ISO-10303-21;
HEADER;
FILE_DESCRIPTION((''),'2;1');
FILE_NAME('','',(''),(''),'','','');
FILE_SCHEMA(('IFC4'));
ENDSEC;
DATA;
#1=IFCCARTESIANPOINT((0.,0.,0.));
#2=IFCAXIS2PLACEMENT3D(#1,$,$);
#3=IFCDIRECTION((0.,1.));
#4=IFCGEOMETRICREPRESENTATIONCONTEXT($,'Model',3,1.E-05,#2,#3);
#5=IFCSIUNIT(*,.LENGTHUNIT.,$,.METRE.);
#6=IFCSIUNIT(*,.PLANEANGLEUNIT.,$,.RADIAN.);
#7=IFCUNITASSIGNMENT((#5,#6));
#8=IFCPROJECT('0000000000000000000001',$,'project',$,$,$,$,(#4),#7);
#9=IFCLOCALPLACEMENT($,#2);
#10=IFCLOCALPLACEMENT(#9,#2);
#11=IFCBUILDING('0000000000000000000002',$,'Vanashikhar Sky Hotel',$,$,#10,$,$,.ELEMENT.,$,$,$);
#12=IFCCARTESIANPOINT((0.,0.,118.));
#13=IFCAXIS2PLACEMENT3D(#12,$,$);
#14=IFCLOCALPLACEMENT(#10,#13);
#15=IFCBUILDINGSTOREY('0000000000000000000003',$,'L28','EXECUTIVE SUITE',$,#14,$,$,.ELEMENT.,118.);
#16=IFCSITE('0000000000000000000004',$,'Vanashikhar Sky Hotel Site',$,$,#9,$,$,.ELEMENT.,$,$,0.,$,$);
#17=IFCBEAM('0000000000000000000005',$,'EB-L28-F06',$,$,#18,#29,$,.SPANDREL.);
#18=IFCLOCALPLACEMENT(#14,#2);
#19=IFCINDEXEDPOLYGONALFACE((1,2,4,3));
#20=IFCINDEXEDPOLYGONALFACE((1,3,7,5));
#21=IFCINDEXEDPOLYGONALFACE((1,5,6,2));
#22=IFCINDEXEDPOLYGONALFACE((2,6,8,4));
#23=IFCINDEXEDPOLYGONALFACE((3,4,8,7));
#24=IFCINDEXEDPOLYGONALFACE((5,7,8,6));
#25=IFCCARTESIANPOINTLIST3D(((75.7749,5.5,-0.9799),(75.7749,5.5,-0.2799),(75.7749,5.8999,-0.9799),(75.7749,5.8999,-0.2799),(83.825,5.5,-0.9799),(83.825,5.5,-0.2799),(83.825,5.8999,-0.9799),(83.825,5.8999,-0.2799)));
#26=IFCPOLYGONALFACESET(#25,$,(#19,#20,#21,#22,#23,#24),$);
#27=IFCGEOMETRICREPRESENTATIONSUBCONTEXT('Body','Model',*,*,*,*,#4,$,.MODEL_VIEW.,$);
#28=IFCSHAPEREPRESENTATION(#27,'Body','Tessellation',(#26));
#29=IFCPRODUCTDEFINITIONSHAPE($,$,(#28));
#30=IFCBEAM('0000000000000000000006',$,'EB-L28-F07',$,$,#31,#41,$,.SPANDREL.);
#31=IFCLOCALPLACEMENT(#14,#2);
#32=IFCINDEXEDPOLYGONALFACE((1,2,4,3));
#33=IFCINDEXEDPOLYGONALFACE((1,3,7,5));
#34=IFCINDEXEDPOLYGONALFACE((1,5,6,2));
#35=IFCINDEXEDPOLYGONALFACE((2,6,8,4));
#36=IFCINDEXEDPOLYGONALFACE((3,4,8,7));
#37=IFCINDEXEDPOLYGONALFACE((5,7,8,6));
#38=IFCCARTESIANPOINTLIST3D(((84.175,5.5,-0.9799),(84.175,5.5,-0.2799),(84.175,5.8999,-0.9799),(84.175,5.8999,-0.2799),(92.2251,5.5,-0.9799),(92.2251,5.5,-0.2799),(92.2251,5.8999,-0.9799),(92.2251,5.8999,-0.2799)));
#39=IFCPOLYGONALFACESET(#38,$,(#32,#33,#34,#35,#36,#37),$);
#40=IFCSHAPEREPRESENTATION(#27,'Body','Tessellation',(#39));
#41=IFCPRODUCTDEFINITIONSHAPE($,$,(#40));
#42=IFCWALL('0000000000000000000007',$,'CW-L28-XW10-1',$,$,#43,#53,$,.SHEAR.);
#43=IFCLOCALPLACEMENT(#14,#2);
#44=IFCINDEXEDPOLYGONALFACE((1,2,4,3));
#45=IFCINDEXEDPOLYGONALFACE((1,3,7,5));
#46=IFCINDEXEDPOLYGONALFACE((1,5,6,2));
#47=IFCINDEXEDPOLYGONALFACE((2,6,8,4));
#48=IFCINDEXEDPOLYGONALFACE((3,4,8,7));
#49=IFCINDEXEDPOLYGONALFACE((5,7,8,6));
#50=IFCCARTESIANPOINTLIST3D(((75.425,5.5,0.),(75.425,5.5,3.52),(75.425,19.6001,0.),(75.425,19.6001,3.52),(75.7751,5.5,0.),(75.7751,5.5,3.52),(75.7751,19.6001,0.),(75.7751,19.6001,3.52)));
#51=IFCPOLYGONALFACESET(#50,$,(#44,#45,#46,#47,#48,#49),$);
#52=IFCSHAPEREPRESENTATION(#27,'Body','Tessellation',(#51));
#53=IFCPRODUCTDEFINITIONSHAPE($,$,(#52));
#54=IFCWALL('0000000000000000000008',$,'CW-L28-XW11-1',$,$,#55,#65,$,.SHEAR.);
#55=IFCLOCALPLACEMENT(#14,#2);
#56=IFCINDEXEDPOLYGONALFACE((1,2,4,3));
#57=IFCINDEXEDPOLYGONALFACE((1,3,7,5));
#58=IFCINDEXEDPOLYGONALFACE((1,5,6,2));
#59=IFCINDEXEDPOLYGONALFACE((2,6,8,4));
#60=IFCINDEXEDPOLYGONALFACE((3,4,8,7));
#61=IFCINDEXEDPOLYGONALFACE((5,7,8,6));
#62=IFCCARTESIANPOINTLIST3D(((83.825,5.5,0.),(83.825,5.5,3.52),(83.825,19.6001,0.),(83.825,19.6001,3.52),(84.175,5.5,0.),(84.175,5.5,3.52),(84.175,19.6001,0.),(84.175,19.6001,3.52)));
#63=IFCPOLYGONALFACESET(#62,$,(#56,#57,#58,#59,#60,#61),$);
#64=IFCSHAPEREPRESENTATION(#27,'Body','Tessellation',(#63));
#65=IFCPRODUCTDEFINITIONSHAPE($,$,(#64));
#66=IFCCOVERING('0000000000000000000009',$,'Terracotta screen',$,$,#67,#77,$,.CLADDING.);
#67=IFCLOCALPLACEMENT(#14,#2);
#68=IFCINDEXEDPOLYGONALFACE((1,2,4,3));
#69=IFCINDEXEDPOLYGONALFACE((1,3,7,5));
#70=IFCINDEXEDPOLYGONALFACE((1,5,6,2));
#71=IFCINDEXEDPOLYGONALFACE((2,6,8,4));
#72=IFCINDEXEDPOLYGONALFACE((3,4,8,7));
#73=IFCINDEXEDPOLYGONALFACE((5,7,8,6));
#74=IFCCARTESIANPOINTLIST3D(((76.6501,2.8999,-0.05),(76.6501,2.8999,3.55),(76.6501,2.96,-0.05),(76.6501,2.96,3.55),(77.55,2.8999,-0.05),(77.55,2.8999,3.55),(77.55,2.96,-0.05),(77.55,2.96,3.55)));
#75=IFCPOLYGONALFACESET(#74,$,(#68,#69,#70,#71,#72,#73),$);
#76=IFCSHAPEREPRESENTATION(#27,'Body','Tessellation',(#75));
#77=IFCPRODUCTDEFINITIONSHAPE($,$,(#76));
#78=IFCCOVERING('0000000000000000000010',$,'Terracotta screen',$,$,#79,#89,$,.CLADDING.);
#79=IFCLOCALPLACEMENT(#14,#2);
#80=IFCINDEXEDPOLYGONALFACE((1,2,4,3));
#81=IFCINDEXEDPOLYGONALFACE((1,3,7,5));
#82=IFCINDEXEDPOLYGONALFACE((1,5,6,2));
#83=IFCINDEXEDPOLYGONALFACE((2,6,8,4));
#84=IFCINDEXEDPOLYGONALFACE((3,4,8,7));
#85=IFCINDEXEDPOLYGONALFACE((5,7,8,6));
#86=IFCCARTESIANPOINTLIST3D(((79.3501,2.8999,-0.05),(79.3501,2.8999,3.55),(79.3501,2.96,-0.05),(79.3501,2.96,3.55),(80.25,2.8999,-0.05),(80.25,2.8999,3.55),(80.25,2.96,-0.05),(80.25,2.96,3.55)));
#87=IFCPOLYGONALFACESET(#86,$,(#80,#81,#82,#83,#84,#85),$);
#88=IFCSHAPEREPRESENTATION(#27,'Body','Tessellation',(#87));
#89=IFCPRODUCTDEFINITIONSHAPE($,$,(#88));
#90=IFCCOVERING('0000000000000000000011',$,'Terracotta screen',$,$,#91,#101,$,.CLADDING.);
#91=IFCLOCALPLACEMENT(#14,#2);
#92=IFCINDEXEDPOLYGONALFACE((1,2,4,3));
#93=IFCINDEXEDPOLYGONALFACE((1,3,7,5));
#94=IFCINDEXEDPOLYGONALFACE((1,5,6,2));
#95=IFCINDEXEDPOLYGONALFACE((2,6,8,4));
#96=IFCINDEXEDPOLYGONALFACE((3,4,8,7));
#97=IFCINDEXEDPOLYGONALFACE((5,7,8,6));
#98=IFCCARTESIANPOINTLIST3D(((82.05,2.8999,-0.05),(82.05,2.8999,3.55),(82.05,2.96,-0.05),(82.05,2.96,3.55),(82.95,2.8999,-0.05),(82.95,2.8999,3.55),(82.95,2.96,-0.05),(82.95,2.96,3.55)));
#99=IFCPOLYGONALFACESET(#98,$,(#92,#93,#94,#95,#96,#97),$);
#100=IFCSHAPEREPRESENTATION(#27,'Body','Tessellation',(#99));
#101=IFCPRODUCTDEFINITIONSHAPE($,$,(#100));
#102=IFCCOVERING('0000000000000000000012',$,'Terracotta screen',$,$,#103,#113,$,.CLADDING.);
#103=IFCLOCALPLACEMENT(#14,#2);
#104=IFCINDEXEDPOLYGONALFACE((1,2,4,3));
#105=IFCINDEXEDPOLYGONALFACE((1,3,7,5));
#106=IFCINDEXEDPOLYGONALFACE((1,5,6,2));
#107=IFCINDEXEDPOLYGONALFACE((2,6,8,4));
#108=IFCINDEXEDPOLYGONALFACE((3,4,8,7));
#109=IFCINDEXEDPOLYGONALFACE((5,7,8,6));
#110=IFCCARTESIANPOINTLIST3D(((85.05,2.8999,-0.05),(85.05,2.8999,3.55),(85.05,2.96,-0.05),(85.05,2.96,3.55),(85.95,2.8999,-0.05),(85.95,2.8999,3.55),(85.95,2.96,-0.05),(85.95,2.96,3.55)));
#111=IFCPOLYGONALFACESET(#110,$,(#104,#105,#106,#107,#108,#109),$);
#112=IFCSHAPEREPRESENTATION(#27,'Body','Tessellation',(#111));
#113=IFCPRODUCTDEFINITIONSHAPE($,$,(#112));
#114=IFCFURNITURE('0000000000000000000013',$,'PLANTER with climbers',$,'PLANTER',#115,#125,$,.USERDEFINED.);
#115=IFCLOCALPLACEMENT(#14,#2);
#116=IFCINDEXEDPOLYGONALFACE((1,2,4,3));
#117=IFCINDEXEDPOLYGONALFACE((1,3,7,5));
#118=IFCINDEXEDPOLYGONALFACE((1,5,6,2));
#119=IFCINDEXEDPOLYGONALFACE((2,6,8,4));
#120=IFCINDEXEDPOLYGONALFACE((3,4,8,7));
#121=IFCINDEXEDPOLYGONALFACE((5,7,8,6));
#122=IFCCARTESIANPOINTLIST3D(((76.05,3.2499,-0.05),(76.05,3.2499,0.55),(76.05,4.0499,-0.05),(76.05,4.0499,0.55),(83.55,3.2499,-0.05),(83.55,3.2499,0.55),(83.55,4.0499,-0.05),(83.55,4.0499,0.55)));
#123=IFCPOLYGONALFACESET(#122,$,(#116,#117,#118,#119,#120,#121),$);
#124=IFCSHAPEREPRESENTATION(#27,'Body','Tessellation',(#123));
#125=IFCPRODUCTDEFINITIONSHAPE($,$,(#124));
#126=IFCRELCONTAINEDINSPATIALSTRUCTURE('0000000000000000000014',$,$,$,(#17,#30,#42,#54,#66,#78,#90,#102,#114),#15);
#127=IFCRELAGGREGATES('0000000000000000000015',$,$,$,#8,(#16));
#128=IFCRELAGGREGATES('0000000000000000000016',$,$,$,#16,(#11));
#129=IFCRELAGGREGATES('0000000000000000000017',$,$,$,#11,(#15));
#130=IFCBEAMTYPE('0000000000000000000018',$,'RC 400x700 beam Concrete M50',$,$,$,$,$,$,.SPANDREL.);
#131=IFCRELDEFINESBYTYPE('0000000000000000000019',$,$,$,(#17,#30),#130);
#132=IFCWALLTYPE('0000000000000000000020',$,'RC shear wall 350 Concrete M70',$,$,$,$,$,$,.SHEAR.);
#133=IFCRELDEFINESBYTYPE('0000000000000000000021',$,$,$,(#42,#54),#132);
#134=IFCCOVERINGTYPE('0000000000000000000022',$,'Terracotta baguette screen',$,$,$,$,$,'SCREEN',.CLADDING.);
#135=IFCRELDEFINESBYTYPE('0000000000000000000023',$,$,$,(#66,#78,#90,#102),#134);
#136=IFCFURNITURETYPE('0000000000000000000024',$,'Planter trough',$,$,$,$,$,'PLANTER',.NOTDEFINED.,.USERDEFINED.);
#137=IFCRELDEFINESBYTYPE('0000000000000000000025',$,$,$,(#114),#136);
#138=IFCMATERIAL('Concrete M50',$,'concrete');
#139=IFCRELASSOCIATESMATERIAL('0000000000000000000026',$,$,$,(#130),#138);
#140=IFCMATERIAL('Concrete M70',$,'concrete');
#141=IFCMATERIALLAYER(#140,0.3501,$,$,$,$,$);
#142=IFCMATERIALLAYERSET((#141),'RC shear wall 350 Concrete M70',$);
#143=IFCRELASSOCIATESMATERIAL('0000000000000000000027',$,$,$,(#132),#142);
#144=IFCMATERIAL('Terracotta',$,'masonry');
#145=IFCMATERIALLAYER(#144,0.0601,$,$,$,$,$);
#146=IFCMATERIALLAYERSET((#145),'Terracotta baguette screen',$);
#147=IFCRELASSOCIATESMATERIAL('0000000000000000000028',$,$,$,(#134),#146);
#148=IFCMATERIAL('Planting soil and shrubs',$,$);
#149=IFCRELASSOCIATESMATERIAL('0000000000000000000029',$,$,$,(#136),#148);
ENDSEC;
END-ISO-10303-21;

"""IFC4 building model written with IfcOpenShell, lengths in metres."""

from ifc_helpers import new_model, si_unit, direction, frame, frame_2d, origin, origin_2d, place, context, subcontext, project, spatial, rectangle, extrude, source, transform, mapped, material, layer, layer_set, material_profile, profile_set, type_object, element, save


model = new_model("IFC4")

# Units and contexts
model_context = context("Model", 3, precision=1e-05, world=origin(), true_north=direction((0.0, 1.0)))
body_context = subcontext(model_context, "Body", "Model", "MODEL_VIEW")
ifc_project = project(units=[si_unit("LENGTHUNIT", "METRE"), si_unit("PLANEANGLEUNIT", "RADIAN")], contexts=[model_context])

# Site, building, storey
site_placement = place(None, origin())
site = spatial("IfcSite", under=ifc_project, at=site_placement, Name="Vanashikhar Sky Hotel Site", CompositionType="ELEMENT", RefElevation=0.0)
building_placement = place(site_placement, origin())
building = spatial("IfcBuilding", under=site, at=building_placement, Name="Vanashikhar Sky Hotel", CompositionType="ELEMENT")
storey_placement = place(building_placement, frame((0.0, 0.0, 118.0)))
storey = spatial("IfcBuildingStorey", under=building, at=storey_placement, Name="L28", Description="EXECUTIVE SUITE", CompositionType="ELEMENT", Elevation=118.0)

# Beams
ifc_material_1 = material(Name="Concrete M50", Category="concrete")
ifc_material_profile = material_profile(ifc_material_1, rectangle(XDim=0.3999, YDim=0.7, at=origin_2d()))
ifc_profile_set = profile_set([ifc_material_profile], Name="RC 400x700 beam Concrete M50")
beam_type = type_object("IfcBeamType", Name="RC 400x700 beam Concrete M50", PredefinedType="SPANDREL", material=ifc_profile_set)
shared_shape_1 = source(origin(), body_context, "Body", "SweptSolid", [
    extrude(rectangle(XDim=0.3999, YDim=0.7, at=origin_2d()), origin(), (0.0, 0.0, 1.0), 8.05),
])
for number, where, z_axis, x_axis, name in (
    (1, (75.7749, 5.7, -0.6299), (1.0, 0.0, 0.0), (0.0, 1.0, 0.0), "EB-L28-F06"),
    (2, (84.175, 5.7, -0.6299), (1.0, 0.0, 0.0), (0.0, 1.0, 0.0), "EB-L28-F07"),
):
    element("IfcBeam", number, at=place(storey_placement, frame(where, z_axis=z_axis, x_axis=x_axis)), inside=storey, type_object=beam_type, Name=name, PredefinedType="SPANDREL", context=body_context, shape_type="MappedRepresentation", body=[
        mapped(shared_shape_1, transform((0.0, 0.0, 0.0), scale=1.0)),
    ])

# Walls
ifc_material_2 = material(Name="Concrete M70", Category="concrete")
ifc_layer_1 = layer(ifc_material_2, 0.3501)
ifc_layer_set_1 = layer_set([ifc_layer_1], Name="RC shear wall 350 Concrete M70")
wall_type_1 = type_object("IfcWallType", Name="RC shear wall 350 Concrete M70", PredefinedType="SHEAR", material=ifc_layer_set_1)
shared_shape_2 = source(origin(), body_context, "Body", "SweptSolid", [
    extrude(rectangle(XDim=14.1001, YDim=0.3501, at=frame_2d((7.05, 0.0))), origin(), (0.0, 0.0, 1.0), 3.52),
])
for number, where, z_axis, x_axis, name in (
    (3, (75.6001, 5.5, 0.0), (0.0, 0.0, 1.0), (0.0, 1.0, 0.0), "CW-L28-XW10-1"),
    (4, (84.0, 5.5, 0.0), (0.0, 0.0, 1.0), (0.0, 1.0, 0.0), "CW-L28-XW11-1"),
):
    element("IfcWall", number, at=place(storey_placement, frame(where, z_axis=z_axis, x_axis=x_axis)), inside=storey, type_object=wall_type_1, Name=name, PredefinedType="SHEAR", context=body_context, shape_type="MappedRepresentation", body=[
        mapped(shared_shape_2, transform((0.0, 0.0, 0.0), scale=1.0)),
    ])

# Coverings
ifc_material_3 = material(Name="Terracotta", Category="masonry")
ifc_layer_2 = layer(ifc_material_3, 0.0601)
ifc_layer_set_2 = layer_set([ifc_layer_2], Name="Terracotta baguette screen")
covering_type = type_object("IfcCoveringType", Name="Terracotta baguette screen", ElementType="SCREEN", PredefinedType="CLADDING", material=ifc_layer_set_2)
shared_shape_3 = source(origin(), body_context, "Body", "SweptSolid", [
    extrude(rectangle(XDim=0.8999, YDim=0.0601, at=origin_2d()), origin(), (0.0, 0.0, 1.0), 3.6001),
])
for number, where, z_axis, x_axis, name in (
    (5, (77.1001, 2.9299, -0.05), (0.0, 0.0, 1.0), (1.0, 0.0, 0.0), "Terracotta screen"),
    (6, (79.8, 2.9299, -0.05), (0.0, 0.0, 1.0), (1.0, 0.0, 0.0), "Terracotta screen"),
    (7, (82.5, 2.9299, -0.05), (0.0, 0.0, 1.0), (1.0, 0.0, 0.0), "Terracotta screen"),
    (8, (85.5, 2.9299, -0.05), (0.0, 0.0, 1.0), (1.0, 0.0, 0.0), "Terracotta screen"),
):
    element("IfcCovering", number, at=place(storey_placement, frame(where, z_axis=z_axis, x_axis=x_axis)), inside=storey, type_object=covering_type, Name=name, PredefinedType="CLADDING", context=body_context, shape_type="MappedRepresentation", body=[
        mapped(shared_shape_3, transform((0.0, 0.0, 0.0), scale=1.0)),
    ])

# Furniture
ifc_material_4 = material(Name="Planting soil and shrubs")
furniture_type = type_object("IfcFurnitureType", Name="Planter trough", ElementType="PLANTER", AssemblyPlace="NOTDEFINED", PredefinedType="USERDEFINED", material=ifc_material_4)
shared_shape_4 = source(origin(), body_context, "Body", "SweptSolid", [
    extrude(rectangle(XDim=7.5, YDim=0.8, at=origin_2d()), origin(), (0.0, 0.0, 1.0), 0.6001),
])
furniture_placement = place(storey_placement, frame((79.8, 3.6499, -0.05), z_axis=(0.0, 0.0, 1.0), x_axis=(1.0, 0.0, 0.0)))
element("IfcFurniture", 9, at=furniture_placement, inside=storey, type_object=furniture_type, Name="PLANTER with climbers", ObjectType="PLANTER", PredefinedType="USERDEFINED", context=body_context, shape_type="MappedRepresentation", body=[
    mapped(shared_shape_4, transform((0.0, 0.0, 0.0), scale=1.0)),
])

save(model, "model.ifc")
